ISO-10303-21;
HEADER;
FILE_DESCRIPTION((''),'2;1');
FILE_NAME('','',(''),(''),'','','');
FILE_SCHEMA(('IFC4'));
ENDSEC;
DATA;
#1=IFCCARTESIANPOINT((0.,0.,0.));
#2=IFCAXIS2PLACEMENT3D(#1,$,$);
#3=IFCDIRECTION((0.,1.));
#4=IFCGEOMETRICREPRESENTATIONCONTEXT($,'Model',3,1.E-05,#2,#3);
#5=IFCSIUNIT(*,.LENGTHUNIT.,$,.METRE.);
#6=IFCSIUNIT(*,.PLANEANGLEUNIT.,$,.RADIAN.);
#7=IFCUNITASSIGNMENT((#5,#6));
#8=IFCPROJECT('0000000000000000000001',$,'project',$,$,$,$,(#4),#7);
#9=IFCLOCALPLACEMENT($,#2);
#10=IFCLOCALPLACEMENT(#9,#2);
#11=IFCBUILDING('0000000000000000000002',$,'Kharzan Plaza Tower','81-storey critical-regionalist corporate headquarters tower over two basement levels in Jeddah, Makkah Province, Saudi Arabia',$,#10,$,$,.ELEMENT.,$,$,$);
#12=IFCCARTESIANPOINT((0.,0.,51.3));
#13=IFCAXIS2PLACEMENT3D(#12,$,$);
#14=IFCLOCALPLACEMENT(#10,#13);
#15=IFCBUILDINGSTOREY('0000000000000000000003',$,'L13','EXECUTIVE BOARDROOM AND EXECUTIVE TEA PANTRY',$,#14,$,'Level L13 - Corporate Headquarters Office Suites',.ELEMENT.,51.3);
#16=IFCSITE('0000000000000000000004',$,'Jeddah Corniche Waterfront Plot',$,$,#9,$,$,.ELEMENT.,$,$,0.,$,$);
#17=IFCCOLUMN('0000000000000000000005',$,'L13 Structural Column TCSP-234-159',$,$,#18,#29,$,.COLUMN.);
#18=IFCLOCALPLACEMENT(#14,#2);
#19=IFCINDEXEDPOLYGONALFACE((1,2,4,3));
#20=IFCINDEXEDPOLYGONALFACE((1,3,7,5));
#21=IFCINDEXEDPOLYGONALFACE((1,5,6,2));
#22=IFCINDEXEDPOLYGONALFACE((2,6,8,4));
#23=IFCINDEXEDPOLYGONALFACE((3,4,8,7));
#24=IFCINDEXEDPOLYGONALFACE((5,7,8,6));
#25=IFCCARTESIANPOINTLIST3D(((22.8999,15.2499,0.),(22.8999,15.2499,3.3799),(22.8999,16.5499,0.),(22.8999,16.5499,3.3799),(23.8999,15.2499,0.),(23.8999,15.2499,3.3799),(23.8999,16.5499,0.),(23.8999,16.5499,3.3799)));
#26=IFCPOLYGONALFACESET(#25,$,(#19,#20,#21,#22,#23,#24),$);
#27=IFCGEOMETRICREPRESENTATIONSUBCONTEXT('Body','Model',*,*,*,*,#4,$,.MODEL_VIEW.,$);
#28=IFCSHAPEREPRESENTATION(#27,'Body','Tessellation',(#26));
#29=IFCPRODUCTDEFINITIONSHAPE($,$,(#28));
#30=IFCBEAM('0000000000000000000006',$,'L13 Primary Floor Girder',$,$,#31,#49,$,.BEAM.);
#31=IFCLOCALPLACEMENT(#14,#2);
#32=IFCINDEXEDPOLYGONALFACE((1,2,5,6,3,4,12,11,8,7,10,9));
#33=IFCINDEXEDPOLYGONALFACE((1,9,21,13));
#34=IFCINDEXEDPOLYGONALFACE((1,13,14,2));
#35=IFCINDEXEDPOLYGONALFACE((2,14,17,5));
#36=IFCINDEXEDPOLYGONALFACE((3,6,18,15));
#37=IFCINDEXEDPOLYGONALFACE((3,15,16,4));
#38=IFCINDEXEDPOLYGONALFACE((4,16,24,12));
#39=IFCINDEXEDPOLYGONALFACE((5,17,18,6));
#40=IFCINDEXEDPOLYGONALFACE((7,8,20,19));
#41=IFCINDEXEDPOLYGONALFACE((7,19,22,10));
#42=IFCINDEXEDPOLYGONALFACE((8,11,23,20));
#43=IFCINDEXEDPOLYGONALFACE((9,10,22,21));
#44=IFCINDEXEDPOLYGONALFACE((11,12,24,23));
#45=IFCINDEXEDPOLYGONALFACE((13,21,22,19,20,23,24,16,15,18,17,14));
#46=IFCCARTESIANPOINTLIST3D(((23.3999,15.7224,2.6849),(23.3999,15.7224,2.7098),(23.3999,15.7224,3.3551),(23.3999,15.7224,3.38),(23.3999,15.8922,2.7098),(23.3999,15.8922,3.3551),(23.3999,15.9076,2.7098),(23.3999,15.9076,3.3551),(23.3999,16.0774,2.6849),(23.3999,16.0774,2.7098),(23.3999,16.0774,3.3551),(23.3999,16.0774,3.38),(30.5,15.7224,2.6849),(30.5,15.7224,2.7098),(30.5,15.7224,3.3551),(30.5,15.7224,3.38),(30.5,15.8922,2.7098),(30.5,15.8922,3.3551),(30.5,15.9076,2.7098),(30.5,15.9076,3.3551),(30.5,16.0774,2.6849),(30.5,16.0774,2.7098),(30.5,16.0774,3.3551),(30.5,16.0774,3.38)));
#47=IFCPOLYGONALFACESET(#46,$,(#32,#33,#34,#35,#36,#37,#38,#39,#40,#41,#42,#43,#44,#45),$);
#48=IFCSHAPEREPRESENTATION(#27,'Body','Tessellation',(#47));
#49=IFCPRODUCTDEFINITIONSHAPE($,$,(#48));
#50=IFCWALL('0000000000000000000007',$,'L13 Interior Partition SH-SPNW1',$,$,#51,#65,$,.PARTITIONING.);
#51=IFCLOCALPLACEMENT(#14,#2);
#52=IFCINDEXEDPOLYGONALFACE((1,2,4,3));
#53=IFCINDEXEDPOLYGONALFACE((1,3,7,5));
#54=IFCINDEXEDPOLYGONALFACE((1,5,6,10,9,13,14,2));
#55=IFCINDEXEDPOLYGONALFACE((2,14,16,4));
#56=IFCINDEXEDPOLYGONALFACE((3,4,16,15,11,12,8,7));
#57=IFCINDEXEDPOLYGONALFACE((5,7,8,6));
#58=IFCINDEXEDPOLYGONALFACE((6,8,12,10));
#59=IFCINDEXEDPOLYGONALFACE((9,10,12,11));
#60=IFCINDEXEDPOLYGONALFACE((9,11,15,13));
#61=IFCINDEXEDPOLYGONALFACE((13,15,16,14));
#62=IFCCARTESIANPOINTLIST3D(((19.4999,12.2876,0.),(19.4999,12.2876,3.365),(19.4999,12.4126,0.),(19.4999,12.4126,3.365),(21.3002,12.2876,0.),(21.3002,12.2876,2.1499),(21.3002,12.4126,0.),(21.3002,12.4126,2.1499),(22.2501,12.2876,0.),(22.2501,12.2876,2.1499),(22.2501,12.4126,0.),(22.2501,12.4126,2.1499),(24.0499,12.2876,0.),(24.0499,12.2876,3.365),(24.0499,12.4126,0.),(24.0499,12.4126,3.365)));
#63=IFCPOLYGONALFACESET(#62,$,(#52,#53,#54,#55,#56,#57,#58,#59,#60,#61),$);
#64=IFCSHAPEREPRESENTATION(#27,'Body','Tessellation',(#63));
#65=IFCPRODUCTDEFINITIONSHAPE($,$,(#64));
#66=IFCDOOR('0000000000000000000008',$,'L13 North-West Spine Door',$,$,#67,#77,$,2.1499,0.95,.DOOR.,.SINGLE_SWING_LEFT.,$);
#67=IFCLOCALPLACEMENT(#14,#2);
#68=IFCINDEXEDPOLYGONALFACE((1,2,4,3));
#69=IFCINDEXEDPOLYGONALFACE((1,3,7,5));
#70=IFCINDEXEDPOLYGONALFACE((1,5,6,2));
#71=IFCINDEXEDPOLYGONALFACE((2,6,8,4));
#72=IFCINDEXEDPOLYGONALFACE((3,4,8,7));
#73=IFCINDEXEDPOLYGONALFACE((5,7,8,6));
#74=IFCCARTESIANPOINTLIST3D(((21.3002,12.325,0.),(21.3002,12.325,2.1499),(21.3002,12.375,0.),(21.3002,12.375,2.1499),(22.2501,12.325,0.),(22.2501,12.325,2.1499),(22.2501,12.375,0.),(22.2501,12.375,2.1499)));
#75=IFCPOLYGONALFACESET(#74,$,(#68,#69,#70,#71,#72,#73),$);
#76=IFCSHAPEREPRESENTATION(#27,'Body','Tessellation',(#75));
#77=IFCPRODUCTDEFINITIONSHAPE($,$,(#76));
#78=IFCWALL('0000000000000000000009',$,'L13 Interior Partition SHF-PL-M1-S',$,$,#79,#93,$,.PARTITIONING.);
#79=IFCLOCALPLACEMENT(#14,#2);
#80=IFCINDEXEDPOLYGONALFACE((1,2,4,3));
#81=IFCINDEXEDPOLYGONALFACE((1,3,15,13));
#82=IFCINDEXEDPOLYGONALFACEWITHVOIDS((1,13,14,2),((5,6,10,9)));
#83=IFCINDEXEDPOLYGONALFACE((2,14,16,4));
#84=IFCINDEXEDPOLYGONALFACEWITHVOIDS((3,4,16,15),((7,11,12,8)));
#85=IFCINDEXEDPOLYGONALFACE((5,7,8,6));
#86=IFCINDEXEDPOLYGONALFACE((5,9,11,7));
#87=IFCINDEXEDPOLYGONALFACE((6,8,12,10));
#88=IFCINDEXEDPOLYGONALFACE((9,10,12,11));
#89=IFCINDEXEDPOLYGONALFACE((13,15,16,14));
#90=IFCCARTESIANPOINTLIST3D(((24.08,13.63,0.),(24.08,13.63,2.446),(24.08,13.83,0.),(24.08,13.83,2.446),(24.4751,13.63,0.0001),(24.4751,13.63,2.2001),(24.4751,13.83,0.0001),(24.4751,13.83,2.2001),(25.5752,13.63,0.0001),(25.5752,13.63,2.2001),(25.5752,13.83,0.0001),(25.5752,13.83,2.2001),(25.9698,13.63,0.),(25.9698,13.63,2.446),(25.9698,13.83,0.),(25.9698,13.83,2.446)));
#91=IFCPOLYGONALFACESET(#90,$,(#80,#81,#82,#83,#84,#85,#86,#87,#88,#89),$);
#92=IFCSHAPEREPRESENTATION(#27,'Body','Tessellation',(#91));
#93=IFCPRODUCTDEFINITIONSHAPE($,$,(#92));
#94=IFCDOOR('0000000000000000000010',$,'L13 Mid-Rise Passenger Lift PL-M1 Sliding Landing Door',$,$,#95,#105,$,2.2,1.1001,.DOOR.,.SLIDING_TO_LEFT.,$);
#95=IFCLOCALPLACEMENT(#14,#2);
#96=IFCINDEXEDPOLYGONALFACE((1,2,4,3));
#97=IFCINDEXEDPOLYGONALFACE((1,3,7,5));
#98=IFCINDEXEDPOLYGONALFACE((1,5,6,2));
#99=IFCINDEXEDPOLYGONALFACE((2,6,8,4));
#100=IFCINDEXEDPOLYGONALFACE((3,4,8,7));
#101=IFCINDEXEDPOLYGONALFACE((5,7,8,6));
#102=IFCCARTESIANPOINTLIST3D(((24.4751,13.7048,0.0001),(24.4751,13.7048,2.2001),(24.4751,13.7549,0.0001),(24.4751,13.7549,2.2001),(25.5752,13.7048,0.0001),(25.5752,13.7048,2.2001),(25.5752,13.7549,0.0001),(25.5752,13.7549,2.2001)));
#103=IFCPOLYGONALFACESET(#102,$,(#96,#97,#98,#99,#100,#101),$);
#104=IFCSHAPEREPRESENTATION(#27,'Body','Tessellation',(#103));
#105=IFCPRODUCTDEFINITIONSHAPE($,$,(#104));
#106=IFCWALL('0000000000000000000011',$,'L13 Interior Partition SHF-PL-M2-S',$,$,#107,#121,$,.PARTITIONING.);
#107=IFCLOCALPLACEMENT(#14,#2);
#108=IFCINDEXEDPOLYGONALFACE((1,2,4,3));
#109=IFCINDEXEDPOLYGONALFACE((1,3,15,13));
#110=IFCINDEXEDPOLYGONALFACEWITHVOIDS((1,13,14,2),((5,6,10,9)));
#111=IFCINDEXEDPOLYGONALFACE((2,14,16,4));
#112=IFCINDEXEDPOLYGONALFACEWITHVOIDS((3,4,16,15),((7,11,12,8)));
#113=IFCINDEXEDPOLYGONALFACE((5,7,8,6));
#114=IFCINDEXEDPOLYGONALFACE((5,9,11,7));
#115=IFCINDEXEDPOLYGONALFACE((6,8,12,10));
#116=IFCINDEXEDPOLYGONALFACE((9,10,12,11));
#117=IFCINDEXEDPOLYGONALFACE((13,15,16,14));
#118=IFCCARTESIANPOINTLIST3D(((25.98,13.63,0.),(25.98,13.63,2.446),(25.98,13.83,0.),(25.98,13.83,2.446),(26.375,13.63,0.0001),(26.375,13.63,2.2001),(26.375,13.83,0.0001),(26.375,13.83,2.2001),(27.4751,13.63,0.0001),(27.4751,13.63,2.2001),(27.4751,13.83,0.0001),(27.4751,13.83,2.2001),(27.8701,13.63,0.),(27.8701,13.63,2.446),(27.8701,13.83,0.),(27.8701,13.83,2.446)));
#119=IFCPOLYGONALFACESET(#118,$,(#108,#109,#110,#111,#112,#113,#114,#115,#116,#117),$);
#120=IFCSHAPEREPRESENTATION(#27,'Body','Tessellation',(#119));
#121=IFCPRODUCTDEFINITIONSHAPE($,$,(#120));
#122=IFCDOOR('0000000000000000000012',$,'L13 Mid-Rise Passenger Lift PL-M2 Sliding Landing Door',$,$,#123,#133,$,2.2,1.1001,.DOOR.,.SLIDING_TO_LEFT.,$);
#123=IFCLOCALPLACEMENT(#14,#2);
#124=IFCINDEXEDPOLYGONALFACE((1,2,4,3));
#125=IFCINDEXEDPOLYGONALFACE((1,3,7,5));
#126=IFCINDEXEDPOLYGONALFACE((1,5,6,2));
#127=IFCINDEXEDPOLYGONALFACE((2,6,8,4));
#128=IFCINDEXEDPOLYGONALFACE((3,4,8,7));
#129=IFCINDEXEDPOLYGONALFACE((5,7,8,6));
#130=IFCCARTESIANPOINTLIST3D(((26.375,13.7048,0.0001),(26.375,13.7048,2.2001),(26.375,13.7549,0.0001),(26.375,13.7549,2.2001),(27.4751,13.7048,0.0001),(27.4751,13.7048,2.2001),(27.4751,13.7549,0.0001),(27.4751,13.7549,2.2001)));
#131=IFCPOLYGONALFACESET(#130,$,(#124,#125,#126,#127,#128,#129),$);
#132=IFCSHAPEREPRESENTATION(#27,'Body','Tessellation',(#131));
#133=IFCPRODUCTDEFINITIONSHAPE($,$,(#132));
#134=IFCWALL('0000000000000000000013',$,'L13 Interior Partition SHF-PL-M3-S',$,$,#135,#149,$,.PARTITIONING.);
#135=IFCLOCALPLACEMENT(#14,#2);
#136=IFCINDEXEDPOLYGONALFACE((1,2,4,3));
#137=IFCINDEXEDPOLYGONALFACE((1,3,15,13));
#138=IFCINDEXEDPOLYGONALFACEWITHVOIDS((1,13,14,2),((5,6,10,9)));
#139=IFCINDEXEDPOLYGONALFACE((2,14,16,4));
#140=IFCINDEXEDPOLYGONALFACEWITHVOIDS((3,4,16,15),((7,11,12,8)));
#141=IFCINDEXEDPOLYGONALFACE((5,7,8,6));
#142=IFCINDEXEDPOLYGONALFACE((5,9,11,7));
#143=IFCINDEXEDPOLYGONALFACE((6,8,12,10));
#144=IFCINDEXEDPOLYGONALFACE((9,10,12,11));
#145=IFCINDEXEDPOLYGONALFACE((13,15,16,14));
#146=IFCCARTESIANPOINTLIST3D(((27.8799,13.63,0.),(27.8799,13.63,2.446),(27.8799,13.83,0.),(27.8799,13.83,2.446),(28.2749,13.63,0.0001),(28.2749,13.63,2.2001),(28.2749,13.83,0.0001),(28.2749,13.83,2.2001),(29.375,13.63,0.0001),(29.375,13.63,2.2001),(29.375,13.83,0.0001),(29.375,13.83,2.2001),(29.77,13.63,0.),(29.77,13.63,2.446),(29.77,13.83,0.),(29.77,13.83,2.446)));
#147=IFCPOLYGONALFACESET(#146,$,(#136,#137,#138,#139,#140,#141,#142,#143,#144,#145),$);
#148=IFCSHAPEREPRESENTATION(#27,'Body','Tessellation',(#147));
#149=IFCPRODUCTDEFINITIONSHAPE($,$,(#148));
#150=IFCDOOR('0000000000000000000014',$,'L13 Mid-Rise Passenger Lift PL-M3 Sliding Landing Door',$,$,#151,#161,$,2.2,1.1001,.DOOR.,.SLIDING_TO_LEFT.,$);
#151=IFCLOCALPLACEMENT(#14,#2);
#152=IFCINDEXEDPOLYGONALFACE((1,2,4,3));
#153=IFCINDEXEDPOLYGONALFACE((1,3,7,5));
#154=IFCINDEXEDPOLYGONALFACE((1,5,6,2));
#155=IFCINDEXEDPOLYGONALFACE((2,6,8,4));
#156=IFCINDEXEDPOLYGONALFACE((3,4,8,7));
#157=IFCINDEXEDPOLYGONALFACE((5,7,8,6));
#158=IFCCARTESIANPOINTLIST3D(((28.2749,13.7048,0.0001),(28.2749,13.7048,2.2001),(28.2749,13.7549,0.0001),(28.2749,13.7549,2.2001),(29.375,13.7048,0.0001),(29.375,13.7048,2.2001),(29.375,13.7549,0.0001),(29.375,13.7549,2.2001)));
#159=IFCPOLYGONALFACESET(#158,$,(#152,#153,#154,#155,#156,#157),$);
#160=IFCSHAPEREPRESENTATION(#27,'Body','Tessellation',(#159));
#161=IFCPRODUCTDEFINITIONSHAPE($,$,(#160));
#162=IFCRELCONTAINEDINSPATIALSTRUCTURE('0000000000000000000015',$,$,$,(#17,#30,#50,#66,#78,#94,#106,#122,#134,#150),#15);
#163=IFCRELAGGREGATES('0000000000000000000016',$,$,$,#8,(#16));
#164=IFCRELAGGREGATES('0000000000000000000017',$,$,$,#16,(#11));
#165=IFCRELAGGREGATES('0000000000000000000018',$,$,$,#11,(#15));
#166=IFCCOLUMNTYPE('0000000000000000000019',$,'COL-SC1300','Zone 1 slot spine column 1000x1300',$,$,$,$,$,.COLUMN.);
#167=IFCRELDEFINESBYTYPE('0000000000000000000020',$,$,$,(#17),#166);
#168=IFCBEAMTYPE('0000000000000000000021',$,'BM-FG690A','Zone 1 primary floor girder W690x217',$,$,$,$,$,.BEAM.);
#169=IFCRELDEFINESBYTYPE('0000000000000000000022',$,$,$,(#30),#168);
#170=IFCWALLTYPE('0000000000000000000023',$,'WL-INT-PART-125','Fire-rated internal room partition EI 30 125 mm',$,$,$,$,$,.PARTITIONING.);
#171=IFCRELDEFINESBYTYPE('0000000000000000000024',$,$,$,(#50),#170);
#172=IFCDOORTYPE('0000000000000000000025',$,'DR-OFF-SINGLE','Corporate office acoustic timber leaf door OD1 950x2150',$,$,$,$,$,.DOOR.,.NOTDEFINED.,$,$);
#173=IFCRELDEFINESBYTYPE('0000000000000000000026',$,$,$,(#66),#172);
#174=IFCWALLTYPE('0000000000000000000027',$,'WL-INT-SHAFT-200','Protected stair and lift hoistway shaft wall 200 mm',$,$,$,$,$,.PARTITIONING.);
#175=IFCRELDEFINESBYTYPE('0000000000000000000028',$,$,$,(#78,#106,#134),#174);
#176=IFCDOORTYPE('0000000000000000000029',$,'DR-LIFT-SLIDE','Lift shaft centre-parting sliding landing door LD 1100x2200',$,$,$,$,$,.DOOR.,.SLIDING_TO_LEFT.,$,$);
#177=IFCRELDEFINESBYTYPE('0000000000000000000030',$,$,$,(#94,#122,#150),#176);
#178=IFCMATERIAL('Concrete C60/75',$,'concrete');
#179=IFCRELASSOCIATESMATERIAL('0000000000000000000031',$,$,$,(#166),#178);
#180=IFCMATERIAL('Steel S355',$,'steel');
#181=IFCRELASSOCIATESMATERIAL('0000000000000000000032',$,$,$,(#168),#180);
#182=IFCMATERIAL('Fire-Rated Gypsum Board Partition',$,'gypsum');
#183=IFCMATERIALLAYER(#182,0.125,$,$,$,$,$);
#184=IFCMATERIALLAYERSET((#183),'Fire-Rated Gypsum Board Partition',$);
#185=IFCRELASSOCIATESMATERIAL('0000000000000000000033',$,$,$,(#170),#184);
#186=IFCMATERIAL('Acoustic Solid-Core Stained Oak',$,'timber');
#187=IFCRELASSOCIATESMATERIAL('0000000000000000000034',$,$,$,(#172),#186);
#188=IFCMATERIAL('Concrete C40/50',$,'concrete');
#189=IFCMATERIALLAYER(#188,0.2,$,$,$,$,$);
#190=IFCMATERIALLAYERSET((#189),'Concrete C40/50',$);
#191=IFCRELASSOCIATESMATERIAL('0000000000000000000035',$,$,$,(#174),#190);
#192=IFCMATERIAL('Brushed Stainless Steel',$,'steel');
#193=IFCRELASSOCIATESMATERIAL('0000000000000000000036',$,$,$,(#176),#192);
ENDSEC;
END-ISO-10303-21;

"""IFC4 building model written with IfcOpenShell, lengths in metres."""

from ifc_helpers import new_model, si_unit, direction, frame, frame_2d, origin, origin_2d, place, context, subcontext, project, spatial, rectangle, i_section, extrude, source, transform, mapped, material, layer, layer_set, material_profile, profile_set, type_object, element, fill, save


model = new_model("IFC4")

# Units and contexts
model_context = context("Model", 3, precision=1e-05, world=origin(), true_north=direction((0.0, 1.0)))
body_context = subcontext(model_context, "Body", "Model", "MODEL_VIEW")
ifc_project = project(units=[si_unit("LENGTHUNIT", "METRE"), si_unit("PLANEANGLEUNIT", "RADIAN")], contexts=[model_context])

# Site, building, storey
site_placement = place(None, origin())
site = spatial("IfcSite", under=ifc_project, at=site_placement, Name="Jeddah Corniche Waterfront Plot", CompositionType="ELEMENT", RefElevation=0.0)
building_placement = place(site_placement, origin())
building = spatial("IfcBuilding", under=site, at=building_placement, Name="Kharzan Plaza Tower", Description="81-storey critical-regionalist corporate headquarters tower over two basement levels in Jeddah, Makkah Province, Saudi Arabia", CompositionType="ELEMENT")
storey_placement = place(building_placement, frame((0.0, 0.0, 51.3)))
storey = spatial("IfcBuildingStorey", under=building, at=storey_placement, Name="L13", Description="EXECUTIVE BOARDROOM AND EXECUTIVE TEA PANTRY", LongName="Level L13 - Corporate Headquarters Office Suites", CompositionType="ELEMENT", Elevation=51.3)

# Column
ifc_material_1 = material(Name="Concrete C60/75", Category="concrete")
ifc_material_profile_1 = material_profile(ifc_material_1, rectangle(XDim=1.0, YDim=1.3, at=origin_2d()), Name="RC-SC1300x1000")
ifc_profile_set_1 = profile_set([ifc_material_profile_1], Name="Concrete C60/75")
column_type = type_object("IfcColumnType", Name="COL-SC1300", Description="Zone 1 slot spine column 1000x1300", PredefinedType="COLUMN", material=ifc_profile_set_1)
shared_shape_1 = source(origin(), body_context, "Body", "SweptSolid", [
    extrude(rectangle(XDim=1.0, YDim=1.3, at=origin_2d()), origin(), (0.0, 0.0, 1.0), 3.3799),
])
column_placement = place(storey_placement, frame((23.3999, 15.8999, 0.0), z_axis=(0.0, 0.0, 1.0), x_axis=(1.0, 0.0, 0.0)))
element("IfcColumn", 1, at=column_placement, inside=storey, type_object=column_type, Name="L13 Structural Column TCSP-234-159", PredefinedType="COLUMN", context=body_context, shape_type="MappedRepresentation", body=[
    mapped(shared_shape_1, transform((0.0, 0.0, 0.0), x_axis=(1.0, 0.0, 0.0), y_axis=(0.0, 1.0, 0.0), z_axis=(0.0, 0.0, 1.0))),
])

# Beam
ifc_material_2 = material(Name="Steel S355", Category="steel")
ifc_material_profile_2 = material_profile(ifc_material_2, i_section(OverallWidth=0.355, OverallDepth=0.6951, WebThickness=0.0154, FlangeThickness=0.0249, at=origin_2d()), Name="W690x217")
ifc_profile_set_2 = profile_set([ifc_material_profile_2], Name="Steel S355")
beam_type = type_object("IfcBeamType", Name="BM-FG690A", Description="Zone 1 primary floor girder W690x217", PredefinedType="BEAM", material=ifc_profile_set_2)
shared_shape_2 = source(origin(), body_context, "Body", "SweptSolid", [
    extrude(i_section(OverallWidth=0.355, OverallDepth=0.6951, WebThickness=0.0154, FlangeThickness=0.0249, at=origin_2d()), origin(), (0.0, 0.0, 1.0), 7.1001),
])
beam_placement = place(storey_placement, frame((23.3999, 15.8999, 3.0325), z_axis=(1.0, 0.0, 0.0), x_axis=(0.0, 1.0, 0.0)))
element("IfcBeam", 2, at=beam_placement, inside=storey, type_object=beam_type, Name="L13 Primary Floor Girder", PredefinedType="BEAM", context=body_context, shape_type="MappedRepresentation", body=[
    mapped(shared_shape_2, transform((0.0, 0.0, 0.0), x_axis=(1.0, 0.0, 0.0), y_axis=(0.0, 1.0, 0.0), z_axis=(0.0, 0.0, 1.0))),
])

# Walls, openings, doors
ifc_material_3 = material(Name="Fire-Rated Gypsum Board Partition", Category="gypsum")
ifc_layer_1 = layer(ifc_material_3, 0.125)
ifc_layer_set_1 = layer_set([ifc_layer_1], Name="Fire-Rated Gypsum Board Partition")
wall_type_1 = type_object("IfcWallType", Name="WL-INT-PART-125", Description="Fire-rated internal room partition EI 30 125 mm", PredefinedType="PARTITIONING", material=ifc_layer_set_1)
wall_1_placement = place(storey_placement, frame((19.5, 12.3501, 0.0), z_axis=(0.0, 0.0, 1.0), x_axis=(1.0, 0.0, 0.0)))
wall_1 = element("IfcWall", 3, at=wall_1_placement, inside=storey, type_object=wall_type_1, Name="L13 Interior Partition SH-SPNW1", PredefinedType="PARTITIONING", context=body_context, shape_type="SweptSolid", body=[
    extrude(rectangle(XDim=4.55, YDim=0.125, at=frame_2d((2.2749, 0.0))), origin(), (0.0, 0.0, 1.0), 3.365),
])
opening_1_placement = place(wall_1_placement, frame((1.8, 0.0, 0.0)))
opening_1 = element("IfcOpeningElement", 4, at=opening_1_placement, cuts=wall_1, PredefinedType="OPENING", context=body_context, shape_type="SweptSolid", body=[
    extrude(rectangle(XDim=0.95, YDim=2.1499, at=frame_2d((0.4751, 1.075))), frame((0.0, 0.0725, 0.0), z_axis=(0.0, -1.0, 0.0), x_axis=(1.0, 0.0, 0.0)), (0.0, 0.0, 1.0), 0.145),
])
ifc_material_4 = material(Name="Acoustic Solid-Core Stained Oak", Category="timber")
door_type_1 = type_object("IfcDoorType", Name="DR-OFF-SINGLE", Description="Corporate office acoustic timber leaf door OD1 950x2150", OperationType="NOTDEFINED", PredefinedType="DOOR", material=ifc_material_4)
shared_shape_3 = source(origin(), body_context, "Body", "SweptSolid", [
    extrude(rectangle(XDim=0.95, YDim=2.1499, at=frame_2d((0.4751, 1.075))), frame((0.0, 0.0249, 0.0), z_axis=(0.0, -1.0, 0.0), x_axis=(1.0, 0.0, 0.0)), (0.0, 0.0, 1.0), 0.05),
])
door_1_placement = place(opening_1_placement, origin())
door_1 = element("IfcDoor", 5, at=door_1_placement, inside=storey, type_object=door_type_1, Name="L13 North-West Spine Door", OperationType="SINGLE_SWING_LEFT", OverallHeight=2.1499, OverallWidth=0.95, PredefinedType="DOOR", context=body_context, shape_type="MappedRepresentation", body=[
    mapped(shared_shape_3, transform((0.0, 0.0, 0.0), x_axis=(1.0, 0.0, 0.0), y_axis=(0.0, 1.0, 0.0), z_axis=(0.0, 0.0, 1.0))),
])
fill(opening_1, door_1)
ifc_material_5 = material(Name="Concrete C40/50", Category="concrete")
ifc_layer_2 = layer(ifc_material_5, 0.2)
ifc_layer_set_2 = layer_set([ifc_layer_2], Name="Concrete C40/50")
wall_type_2 = type_object("IfcWallType", Name="WL-INT-SHAFT-200", Description="Protected stair and lift hoistway shaft wall 200 mm", PredefinedType="PARTITIONING", material=ifc_layer_set_2)
wall_2_placement = place(storey_placement, frame((24.0801, 13.73, 0.0), z_axis=(0.0, 0.0, 1.0), x_axis=(1.0, 0.0, 0.0)))
wall_2 = element("IfcWall", 6, at=wall_2_placement, inside=storey, type_object=wall_type_2, Name="L13 Interior Partition SHF-PL-M1-S", PredefinedType="PARTITIONING", context=body_context, shape_type="SweptSolid", body=[
    extrude(rectangle(XDim=1.8899, YDim=0.2, at=frame_2d((0.9448, 0.0))), origin(), (0.0, 0.0, 1.0), 2.446),
])
opening_2_placement = place(wall_2_placement, frame((0.395, 0.0, 0.0)))
opening_2 = element("IfcOpeningElement", 7, at=opening_2_placement, cuts=wall_2, PredefinedType="OPENING", context=body_context, shape_type="SweptSolid", body=[
    extrude(rectangle(XDim=1.1001, YDim=2.2, at=frame_2d((0.55, 1.1001))), frame((0.0, 0.1099, 0.0), z_axis=(0.0, -1.0, 0.0), x_axis=(1.0, 0.0, 0.0)), (0.0, 0.0, 1.0), 0.22),
])
ifc_material_6 = material(Name="Brushed Stainless Steel", Category="steel")
door_type_2 = type_object("IfcDoorType", Name="DR-LIFT-SLIDE", Description="Lift shaft centre-parting sliding landing door LD 1100x2200", OperationType="SLIDING_TO_LEFT", PredefinedType="DOOR", material=ifc_material_6)
shared_shape_4 = source(origin(), body_context, "Body", "SweptSolid", [
    extrude(rectangle(XDim=1.1001, YDim=2.2, at=frame_2d((0.55, 1.1001))), frame((0.0, 0.0249, 0.0), z_axis=(0.0, -1.0, 0.0), x_axis=(1.0, 0.0, 0.0)), (0.0, 0.0, 1.0), 0.05),
])
door_2_placement = place(opening_2_placement, origin())
door_2 = element("IfcDoor", 8, at=door_2_placement, inside=storey, type_object=door_type_2, Name="L13 Mid-Rise Passenger Lift PL-M1 Sliding Landing Door", OperationType="SLIDING_TO_LEFT", OverallHeight=2.2, OverallWidth=1.1001, PredefinedType="DOOR", context=body_context, shape_type="MappedRepresentation", body=[
    mapped(shared_shape_4, transform((0.0, 0.0, 0.0), x_axis=(1.0, 0.0, 0.0), y_axis=(0.0, 1.0, 0.0), z_axis=(0.0, 0.0, 1.0))),
])
fill(opening_2, door_2)
wall_3_placement = place(storey_placement, frame((25.98, 13.73, 0.0), z_axis=(0.0, 0.0, 1.0), x_axis=(1.0, 0.0, 0.0)))
wall_3 = element("IfcWall", 9, at=wall_3_placement, inside=storey, type_object=wall_type_2, Name="L13 Interior Partition SHF-PL-M2-S", PredefinedType="PARTITIONING", context=body_context, shape_type="SweptSolid", body=[
    extrude(rectangle(XDim=1.8901, YDim=0.2, at=frame_2d((0.9451, 0.0))), origin(), (0.0, 0.0, 1.0), 2.446),
])
opening_3_placement = place(wall_3_placement, frame((0.395, 0.0, 0.0)))
opening_3 = element("IfcOpeningElement", 10, at=opening_3_placement, cuts=wall_3, PredefinedType="OPENING", context=body_context, shape_type="SweptSolid", body=[
    extrude(rectangle(XDim=1.1001, YDim=2.2, at=frame_2d((0.55, 1.1001))), frame((0.0, 0.1099, 0.0), z_axis=(0.0, -1.0, 0.0), x_axis=(1.0, 0.0, 0.0)), (0.0, 0.0, 1.0), 0.22),
])
door_3_placement = place(opening_3_placement, origin())
door_3 = element("IfcDoor", 11, at=door_3_placement, inside=storey, type_object=door_type_2, Name="L13 Mid-Rise Passenger Lift PL-M2 Sliding Landing Door", OperationType="SLIDING_TO_LEFT", OverallHeight=2.2, OverallWidth=1.1001, PredefinedType="DOOR", context=body_context, shape_type="MappedRepresentation", body=[
    mapped(shared_shape_4, transform((0.0, 0.0, 0.0), x_axis=(1.0, 0.0, 0.0), y_axis=(0.0, 1.0, 0.0), z_axis=(0.0, 0.0, 1.0))),
])
fill(opening_3, door_3)
wall_4_placement = place(storey_placement, frame((27.8799, 13.73, 0.0), z_axis=(0.0, 0.0, 1.0), x_axis=(1.0, 0.0, 0.0)))
wall_4 = element("IfcWall", 12, at=wall_4_placement, inside=storey, type_object=wall_type_2, Name="L13 Interior Partition SHF-PL-M3-S", PredefinedType="PARTITIONING", context=body_context, shape_type="SweptSolid", body=[
    extrude(rectangle(XDim=1.8901, YDim=0.2, at=frame_2d((0.9451, 0.0))), origin(), (0.0, 0.0, 1.0), 2.446),
])
opening_4_placement = place(wall_4_placement, frame((0.395, 0.0, 0.0)))
opening_4 = element("IfcOpeningElement", 13, at=opening_4_placement, cuts=wall_4, PredefinedType="OPENING", context=body_context, shape_type="SweptSolid", body=[
    extrude(rectangle(XDim=1.1001, YDim=2.2, at=frame_2d((0.55, 1.1001))), frame((0.0, 0.1099, 0.0), z_axis=(0.0, -1.0, 0.0), x_axis=(1.0, 0.0, 0.0)), (0.0, 0.0, 1.0), 0.22),
])
door_4_placement = place(opening_4_placement, origin())
door_4 = element("IfcDoor", 14, at=door_4_placement, inside=storey, type_object=door_type_2, Name="L13 Mid-Rise Passenger Lift PL-M3 Sliding Landing Door", OperationType="SLIDING_TO_LEFT", OverallHeight=2.2, OverallWidth=1.1001, PredefinedType="DOOR", context=body_context, shape_type="MappedRepresentation", body=[
    mapped(shared_shape_4, transform((0.0, 0.0, 0.0), x_axis=(1.0, 0.0, 0.0), y_axis=(0.0, 1.0, 0.0), z_axis=(0.0, 0.0, 1.0))),
])
fill(opening_4, door_4)

save(model, "model.ifc")
